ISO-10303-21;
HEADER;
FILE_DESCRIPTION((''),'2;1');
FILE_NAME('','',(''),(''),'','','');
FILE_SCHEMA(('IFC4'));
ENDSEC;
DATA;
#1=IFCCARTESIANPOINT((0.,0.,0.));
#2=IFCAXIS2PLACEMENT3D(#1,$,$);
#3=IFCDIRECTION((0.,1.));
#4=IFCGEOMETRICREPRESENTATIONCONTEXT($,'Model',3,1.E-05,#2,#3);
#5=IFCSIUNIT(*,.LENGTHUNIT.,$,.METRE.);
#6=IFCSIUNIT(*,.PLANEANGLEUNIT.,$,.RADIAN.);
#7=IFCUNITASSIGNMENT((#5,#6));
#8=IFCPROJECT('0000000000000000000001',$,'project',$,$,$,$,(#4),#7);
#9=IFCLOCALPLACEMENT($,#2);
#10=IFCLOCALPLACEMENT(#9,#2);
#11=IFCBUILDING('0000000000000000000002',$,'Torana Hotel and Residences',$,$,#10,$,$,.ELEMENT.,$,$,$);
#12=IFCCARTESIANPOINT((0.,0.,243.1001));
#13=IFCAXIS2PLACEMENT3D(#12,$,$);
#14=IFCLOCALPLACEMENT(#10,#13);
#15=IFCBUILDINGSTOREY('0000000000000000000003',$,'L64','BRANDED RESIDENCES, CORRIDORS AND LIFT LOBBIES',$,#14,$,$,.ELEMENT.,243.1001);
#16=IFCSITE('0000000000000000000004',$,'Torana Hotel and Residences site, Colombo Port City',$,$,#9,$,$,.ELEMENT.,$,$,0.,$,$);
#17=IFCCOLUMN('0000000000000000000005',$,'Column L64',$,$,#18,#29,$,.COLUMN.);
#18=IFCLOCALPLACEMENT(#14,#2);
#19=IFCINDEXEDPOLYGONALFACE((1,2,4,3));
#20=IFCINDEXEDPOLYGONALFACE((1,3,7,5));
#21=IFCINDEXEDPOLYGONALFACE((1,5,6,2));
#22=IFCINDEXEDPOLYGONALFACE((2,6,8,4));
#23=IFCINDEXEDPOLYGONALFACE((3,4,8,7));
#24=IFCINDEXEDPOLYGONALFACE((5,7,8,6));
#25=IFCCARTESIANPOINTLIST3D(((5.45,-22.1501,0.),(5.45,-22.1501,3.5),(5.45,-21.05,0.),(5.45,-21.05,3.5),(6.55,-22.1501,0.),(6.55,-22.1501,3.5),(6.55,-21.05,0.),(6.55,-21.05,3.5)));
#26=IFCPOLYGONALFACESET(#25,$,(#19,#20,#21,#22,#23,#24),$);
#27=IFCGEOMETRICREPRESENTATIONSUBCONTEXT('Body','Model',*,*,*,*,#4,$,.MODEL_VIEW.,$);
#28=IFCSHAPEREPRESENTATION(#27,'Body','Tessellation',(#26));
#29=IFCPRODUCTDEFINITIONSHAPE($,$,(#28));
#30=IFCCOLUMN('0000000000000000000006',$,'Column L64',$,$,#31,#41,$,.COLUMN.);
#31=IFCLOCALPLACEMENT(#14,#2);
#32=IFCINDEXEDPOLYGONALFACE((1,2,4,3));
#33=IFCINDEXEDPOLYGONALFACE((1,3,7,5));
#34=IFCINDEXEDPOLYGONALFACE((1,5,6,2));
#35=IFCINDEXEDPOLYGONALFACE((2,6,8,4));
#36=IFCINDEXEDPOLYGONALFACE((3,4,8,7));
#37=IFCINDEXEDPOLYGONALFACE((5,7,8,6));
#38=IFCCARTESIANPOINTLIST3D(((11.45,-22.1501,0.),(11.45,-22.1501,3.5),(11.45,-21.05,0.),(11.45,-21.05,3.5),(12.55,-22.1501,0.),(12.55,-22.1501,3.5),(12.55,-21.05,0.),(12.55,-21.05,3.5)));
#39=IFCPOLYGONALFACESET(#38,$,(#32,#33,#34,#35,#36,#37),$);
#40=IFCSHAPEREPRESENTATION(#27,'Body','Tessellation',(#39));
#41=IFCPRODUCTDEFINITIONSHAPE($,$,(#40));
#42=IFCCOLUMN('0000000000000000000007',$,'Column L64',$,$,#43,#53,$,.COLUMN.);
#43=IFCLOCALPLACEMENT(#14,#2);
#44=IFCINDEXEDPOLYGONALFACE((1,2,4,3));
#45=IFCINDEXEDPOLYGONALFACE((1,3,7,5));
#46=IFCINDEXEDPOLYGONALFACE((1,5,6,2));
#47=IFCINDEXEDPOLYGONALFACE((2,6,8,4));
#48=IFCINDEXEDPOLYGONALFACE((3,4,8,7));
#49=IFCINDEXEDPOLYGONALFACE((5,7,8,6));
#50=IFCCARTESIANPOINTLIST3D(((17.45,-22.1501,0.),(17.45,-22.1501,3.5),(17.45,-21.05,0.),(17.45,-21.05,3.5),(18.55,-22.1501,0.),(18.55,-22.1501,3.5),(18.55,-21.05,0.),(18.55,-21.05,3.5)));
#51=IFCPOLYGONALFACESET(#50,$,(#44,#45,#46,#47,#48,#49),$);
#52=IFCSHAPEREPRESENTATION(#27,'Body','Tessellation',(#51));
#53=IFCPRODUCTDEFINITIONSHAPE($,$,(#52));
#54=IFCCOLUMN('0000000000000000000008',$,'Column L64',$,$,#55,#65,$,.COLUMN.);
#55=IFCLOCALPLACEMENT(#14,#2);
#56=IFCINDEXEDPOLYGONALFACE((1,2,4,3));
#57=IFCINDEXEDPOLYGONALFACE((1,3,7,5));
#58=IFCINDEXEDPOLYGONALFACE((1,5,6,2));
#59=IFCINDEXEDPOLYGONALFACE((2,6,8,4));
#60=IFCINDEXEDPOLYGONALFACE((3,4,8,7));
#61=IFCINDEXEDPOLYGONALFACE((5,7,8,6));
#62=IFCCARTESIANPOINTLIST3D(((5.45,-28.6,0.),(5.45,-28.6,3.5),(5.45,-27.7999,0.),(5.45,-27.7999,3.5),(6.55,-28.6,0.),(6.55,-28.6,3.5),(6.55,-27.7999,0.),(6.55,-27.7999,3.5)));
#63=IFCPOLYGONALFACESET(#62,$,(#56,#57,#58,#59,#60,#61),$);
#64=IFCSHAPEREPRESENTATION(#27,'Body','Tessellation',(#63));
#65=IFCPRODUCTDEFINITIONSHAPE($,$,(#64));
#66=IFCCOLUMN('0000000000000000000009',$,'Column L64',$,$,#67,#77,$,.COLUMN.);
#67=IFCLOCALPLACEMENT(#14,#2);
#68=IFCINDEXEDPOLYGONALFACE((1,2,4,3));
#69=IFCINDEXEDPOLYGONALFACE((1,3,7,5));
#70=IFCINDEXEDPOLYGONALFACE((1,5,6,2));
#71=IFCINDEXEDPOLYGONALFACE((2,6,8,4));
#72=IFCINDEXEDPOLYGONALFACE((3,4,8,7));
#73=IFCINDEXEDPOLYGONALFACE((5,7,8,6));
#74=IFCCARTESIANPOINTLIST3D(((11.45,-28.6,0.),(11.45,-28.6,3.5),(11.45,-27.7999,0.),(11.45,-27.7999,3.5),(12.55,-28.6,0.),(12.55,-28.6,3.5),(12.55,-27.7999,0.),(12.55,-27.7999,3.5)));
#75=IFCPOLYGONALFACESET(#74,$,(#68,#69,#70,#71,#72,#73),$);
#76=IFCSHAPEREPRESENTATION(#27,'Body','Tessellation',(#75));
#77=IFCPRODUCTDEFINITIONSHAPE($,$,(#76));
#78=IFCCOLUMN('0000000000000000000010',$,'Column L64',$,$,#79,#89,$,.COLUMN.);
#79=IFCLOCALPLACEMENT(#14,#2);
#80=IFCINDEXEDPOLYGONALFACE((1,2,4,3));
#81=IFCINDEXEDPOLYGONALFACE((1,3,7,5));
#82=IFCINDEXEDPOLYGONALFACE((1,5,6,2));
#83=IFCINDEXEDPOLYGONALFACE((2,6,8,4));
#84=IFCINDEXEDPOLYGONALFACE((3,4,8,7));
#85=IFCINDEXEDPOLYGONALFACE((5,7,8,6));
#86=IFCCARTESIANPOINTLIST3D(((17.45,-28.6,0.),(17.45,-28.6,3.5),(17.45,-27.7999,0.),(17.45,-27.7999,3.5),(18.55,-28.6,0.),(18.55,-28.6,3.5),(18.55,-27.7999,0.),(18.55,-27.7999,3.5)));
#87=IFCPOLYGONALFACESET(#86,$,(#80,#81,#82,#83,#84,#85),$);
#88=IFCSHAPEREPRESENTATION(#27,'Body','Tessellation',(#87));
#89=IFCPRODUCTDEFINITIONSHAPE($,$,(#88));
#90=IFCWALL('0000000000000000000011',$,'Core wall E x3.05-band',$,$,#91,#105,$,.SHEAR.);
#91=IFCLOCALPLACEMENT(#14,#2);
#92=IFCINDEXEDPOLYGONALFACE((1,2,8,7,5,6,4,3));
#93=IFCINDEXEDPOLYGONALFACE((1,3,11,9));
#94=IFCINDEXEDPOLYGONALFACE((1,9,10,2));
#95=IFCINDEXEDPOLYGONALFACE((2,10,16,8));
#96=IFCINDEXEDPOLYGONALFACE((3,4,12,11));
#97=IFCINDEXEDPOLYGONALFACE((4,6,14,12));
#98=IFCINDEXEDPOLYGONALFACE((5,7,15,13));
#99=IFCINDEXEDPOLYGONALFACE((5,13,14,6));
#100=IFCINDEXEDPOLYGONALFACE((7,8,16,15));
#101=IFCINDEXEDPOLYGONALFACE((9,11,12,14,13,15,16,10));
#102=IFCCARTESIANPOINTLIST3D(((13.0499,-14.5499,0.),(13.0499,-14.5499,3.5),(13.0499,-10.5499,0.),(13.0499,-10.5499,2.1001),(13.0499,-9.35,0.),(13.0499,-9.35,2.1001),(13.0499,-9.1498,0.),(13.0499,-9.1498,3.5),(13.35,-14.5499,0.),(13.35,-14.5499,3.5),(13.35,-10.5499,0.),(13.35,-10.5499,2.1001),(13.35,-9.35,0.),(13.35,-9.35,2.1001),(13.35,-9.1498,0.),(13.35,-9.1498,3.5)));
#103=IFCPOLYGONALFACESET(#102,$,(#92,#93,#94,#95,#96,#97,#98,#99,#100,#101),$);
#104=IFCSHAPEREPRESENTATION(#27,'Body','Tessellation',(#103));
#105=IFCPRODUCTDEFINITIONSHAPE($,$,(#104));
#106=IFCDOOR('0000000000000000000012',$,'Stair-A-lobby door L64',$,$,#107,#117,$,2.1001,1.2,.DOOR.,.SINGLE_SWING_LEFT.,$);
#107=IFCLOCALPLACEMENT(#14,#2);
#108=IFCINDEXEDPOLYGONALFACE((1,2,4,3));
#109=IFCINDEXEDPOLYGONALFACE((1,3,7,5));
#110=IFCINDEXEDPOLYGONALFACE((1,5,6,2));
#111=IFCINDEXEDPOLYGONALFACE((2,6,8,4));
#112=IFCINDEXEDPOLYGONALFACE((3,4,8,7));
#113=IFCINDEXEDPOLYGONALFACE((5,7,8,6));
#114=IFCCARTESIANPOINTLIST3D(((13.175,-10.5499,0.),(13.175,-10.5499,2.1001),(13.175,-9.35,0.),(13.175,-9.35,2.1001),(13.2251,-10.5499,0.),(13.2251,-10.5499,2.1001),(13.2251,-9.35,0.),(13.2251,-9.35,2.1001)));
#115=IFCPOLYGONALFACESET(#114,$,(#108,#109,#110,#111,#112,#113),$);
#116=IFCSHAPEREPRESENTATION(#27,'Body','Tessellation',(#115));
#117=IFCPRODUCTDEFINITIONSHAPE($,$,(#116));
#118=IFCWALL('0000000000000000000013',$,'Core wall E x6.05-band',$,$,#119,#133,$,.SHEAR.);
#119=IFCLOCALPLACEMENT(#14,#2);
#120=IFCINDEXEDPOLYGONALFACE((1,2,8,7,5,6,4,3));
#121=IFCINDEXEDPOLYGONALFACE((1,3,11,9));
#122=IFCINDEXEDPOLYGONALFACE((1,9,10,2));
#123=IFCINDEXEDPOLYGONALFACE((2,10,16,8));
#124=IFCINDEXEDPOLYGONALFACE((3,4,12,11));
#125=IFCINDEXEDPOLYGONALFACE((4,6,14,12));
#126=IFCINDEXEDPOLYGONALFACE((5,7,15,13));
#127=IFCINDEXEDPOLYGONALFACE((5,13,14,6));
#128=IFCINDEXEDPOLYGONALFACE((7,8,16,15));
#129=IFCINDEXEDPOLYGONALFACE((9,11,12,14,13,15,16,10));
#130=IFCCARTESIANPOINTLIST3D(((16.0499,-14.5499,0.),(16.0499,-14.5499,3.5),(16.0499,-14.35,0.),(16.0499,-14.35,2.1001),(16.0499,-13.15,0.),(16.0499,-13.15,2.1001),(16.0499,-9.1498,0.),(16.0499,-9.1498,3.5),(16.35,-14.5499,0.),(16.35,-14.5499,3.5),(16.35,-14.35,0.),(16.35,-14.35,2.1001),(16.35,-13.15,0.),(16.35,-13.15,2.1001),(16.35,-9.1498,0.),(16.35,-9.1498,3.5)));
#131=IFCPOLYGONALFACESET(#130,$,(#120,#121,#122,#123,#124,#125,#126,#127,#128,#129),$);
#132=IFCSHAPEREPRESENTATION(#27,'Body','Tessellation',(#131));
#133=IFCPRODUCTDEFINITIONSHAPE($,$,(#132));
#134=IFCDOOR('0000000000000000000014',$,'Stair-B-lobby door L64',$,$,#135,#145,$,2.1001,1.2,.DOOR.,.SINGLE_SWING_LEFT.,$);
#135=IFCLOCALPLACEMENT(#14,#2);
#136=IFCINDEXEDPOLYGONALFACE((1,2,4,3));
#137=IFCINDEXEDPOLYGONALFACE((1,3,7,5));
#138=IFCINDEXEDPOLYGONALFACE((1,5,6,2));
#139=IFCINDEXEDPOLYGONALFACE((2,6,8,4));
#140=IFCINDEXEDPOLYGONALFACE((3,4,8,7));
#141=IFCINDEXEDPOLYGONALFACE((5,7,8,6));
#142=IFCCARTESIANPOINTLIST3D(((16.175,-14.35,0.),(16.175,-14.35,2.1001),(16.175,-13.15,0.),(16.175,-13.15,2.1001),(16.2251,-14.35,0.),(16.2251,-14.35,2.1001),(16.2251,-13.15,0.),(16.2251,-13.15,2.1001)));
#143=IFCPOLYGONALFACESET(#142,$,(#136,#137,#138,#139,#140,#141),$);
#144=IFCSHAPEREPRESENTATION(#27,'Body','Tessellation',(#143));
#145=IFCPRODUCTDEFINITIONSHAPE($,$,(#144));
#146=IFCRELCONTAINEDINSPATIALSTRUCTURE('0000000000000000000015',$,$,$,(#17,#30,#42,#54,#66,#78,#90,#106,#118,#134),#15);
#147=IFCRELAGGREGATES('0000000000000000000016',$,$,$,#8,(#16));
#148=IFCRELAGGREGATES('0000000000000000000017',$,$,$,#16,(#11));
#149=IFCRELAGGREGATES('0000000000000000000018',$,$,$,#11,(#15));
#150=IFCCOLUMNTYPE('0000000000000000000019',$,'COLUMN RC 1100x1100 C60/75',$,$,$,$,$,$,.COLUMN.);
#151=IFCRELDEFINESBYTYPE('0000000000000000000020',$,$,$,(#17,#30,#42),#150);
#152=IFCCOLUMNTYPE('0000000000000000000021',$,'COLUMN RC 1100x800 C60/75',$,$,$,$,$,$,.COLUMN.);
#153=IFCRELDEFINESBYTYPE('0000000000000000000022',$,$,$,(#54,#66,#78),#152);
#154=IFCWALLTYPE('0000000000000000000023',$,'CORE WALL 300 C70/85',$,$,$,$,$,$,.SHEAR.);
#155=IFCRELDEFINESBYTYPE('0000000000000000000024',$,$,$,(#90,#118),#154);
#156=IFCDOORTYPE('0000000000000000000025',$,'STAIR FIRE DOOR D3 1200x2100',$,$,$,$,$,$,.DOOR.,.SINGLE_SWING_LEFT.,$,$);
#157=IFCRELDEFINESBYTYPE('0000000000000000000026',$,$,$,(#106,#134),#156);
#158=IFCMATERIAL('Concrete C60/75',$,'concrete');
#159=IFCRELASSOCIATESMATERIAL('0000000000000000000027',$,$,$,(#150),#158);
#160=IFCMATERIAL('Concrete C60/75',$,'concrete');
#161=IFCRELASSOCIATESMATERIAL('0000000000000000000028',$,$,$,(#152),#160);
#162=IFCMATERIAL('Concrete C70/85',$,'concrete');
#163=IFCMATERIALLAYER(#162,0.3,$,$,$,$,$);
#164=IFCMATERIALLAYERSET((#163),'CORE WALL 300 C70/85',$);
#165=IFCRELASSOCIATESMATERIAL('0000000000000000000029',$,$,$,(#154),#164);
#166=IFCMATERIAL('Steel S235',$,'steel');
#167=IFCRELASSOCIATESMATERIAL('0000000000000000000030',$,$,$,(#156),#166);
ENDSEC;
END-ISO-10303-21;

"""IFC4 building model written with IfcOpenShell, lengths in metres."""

from ifc_helpers import new_model, si_unit, direction, frame, frame_2d, origin, origin_2d, place, context, subcontext, project, spatial, rectangle, extrude, material, layer, layer_set, material_profile, profile_set, type_object, element, fill, save


model = new_model("IFC4")

# Units and contexts
model_context = context("Model", 3, precision=1e-05, world=origin(), true_north=direction((0.0, 1.0)))
body_context = subcontext(model_context, "Body", "Model", "MODEL_VIEW")
ifc_project = project(units=[si_unit("LENGTHUNIT", "METRE"), si_unit("PLANEANGLEUNIT", "RADIAN")], contexts=[model_context])

# Site, building, storey
site_placement = place(None, origin())
site = spatial("IfcSite", under=ifc_project, at=site_placement, Name="Torana Hotel and Residences site, Colombo Port City", CompositionType="ELEMENT", RefElevation=0.0)
building_placement = place(site_placement, origin())
building = spatial("IfcBuilding", under=site, at=building_placement, Name="Torana Hotel and Residences", CompositionType="ELEMENT")
storey_placement = place(building_placement, frame((0.0, 0.0, 243.1001)))
storey = spatial("IfcBuildingStorey", under=building, at=storey_placement, Name="L64", Description="BRANDED RESIDENCES, CORRIDORS AND LIFT LOBBIES", CompositionType="ELEMENT", Elevation=243.1001)

# Columns
ifc_material_1 = material(Name="Concrete C60/75", Category="concrete")
ifc_material_profile_1 = material_profile(ifc_material_1, rectangle(XDim=1.1001, YDim=1.1001, at=origin_2d()), Name="RC 1100x1100")
ifc_profile_set_1 = profile_set([ifc_material_profile_1], Name="Concrete C60/75")
column_type_1 = type_object("IfcColumnType", Name="COLUMN RC 1100x1100 C60/75", PredefinedType="COLUMN", material=ifc_profile_set_1)
for number, where, z_axis, x_axis, name in (
    (1, (6.0, -21.6001, 0.0), (0.0, 0.0, 1.0), (1.0, 0.0, 0.0), "Column L64"),
    (2, (12.0, -21.6001, 0.0), (0.0, 0.0, 1.0), (1.0, 0.0, 0.0), "Column L64"),
    (3, (18.0, -21.6001, 0.0), (0.0, 0.0, 1.0), (1.0, 0.0, 0.0), "Column L64"),
):
    element("IfcColumn", number, at=place(storey_placement, frame(where, z_axis=z_axis, x_axis=x_axis)), inside=storey, type_object=column_type_1, Name=name, PredefinedType="COLUMN", context=body_context, shape_type="SweptSolid", body=[
        extrude(rectangle(XDim=1.1001, YDim=1.1001, at=origin_2d()), origin(), (0.0, 0.0, 1.0), 3.5),
    ])
ifc_material_2 = material(Name="Concrete C60/75", Category="concrete")
ifc_material_profile_2 = material_profile(ifc_material_2, rectangle(XDim=1.1001, YDim=0.8, at=origin_2d()), Name="RC 1100x800")
ifc_profile_set_2 = profile_set([ifc_material_profile_2], Name="Concrete C60/75")
column_type_2 = type_object("IfcColumnType", Name="COLUMN RC 1100x800 C60/75", PredefinedType="COLUMN", material=ifc_profile_set_2)
for number, where, z_axis, x_axis, name in (
    (4, (6.0, -28.2, 0.0), (0.0, 0.0, 1.0), (1.0, 0.0, 0.0), "Column L64"),
    (5, (12.0, -28.2, 0.0), (0.0, 0.0, 1.0), (1.0, 0.0, 0.0), "Column L64"),
    (6, (18.0, -28.2, 0.0), (0.0, 0.0, 1.0), (1.0, 0.0, 0.0), "Column L64"),
):
    element("IfcColumn", number, at=place(storey_placement, frame(where, z_axis=z_axis, x_axis=x_axis)), inside=storey, type_object=column_type_2, Name=name, PredefinedType="COLUMN", context=body_context, shape_type="SweptSolid", body=[
        extrude(rectangle(XDim=1.1001, YDim=0.8, at=origin_2d()), origin(), (0.0, 0.0, 1.0), 3.5),
    ])

# Walls, openings, doors
ifc_material_3 = material(Name="Concrete C70/85", Category="concrete")
ifc_layer_1 = layer(ifc_material_3, 0.3)
ifc_layer_set_1 = layer_set([ifc_layer_1], Name="CORE WALL 300 C70/85")
wall_type_1 = type_object("IfcWallType", Name="CORE WALL 300 C70/85", PredefinedType="SHEAR", material=ifc_layer_set_1)
wall_1_placement = place(storey_placement, frame((13.2, -14.55, 0.0), z_axis=(0.0, 0.0, 1.0), x_axis=(0.0, 1.0, 0.0)))
wall_1 = element("IfcWall", 7, at=wall_1_placement, inside=storey, type_object=wall_type_1, Name="Core wall E x3.05-band", PredefinedType="SHEAR", context=body_context, shape_type="SweptSolid", body=[
    extrude(rectangle(XDim=5.4001, YDim=0.3, at=frame_2d((2.7002, 0.0))), origin(), (0.0, 0.0, 1.0), 3.5),
])
opening_1_placement = place(wall_1_placement, frame((4.0, 0.0, 0.0)))
opening_1 = element("IfcOpeningElement", 8, at=opening_1_placement, cuts=wall_1, PredefinedType="OPENING", context=body_context, shape_type="SweptSolid", body=[
    extrude(rectangle(XDim=1.2, YDim=2.1001, at=frame_2d((0.6001, 1.05))), frame((0.0, 0.1599, 0.0), z_axis=(0.0, -1.0, 0.0), x_axis=(1.0, 0.0, 0.0)), (0.0, 0.0, 1.0), 0.3201),
])
ifc_material_4 = material(Name="Steel S235", Category="steel")
door_type_1 = type_object("IfcDoorType", Name="STAIR FIRE DOOR D3 1200x2100", OperationType="SINGLE_SWING_LEFT", PredefinedType="DOOR", material=ifc_material_4)
door_1_placement = place(opening_1_placement, origin())
door_1 = element("IfcDoor", 9, at=door_1_placement, inside=storey, type_object=door_type_1, Name="Stair-A-lobby door L64", OperationType="SINGLE_SWING_LEFT", OverallHeight=2.1001, OverallWidth=1.2, PredefinedType="DOOR", context=body_context, shape_type="SweptSolid", body=[
    extrude(rectangle(XDim=1.2, YDim=2.1001, at=frame_2d((0.6001, 1.05))), frame((0.0, 0.0249, 0.0), z_axis=(0.0, -1.0, 0.0), x_axis=(1.0, 0.0, 0.0)), (0.0, 0.0, 1.0), 0.05),
])
fill(opening_1, door_1)
wall_2_placement = place(storey_placement, frame((16.2, -14.55, 0.0), z_axis=(0.0, 0.0, 1.0), x_axis=(0.0, 1.0, 0.0)))
wall_2 = element("IfcWall", 10, at=wall_2_placement, inside=storey, type_object=wall_type_1, Name="Core wall E x6.05-band", PredefinedType="SHEAR", context=body_context, shape_type="SweptSolid", body=[
    extrude(rectangle(XDim=5.4001, YDim=0.3, at=frame_2d((2.7002, 0.0))), origin(), (0.0, 0.0, 1.0), 3.5),
])
opening_2_placement = place(wall_2_placement, frame((0.2, 0.0, 0.0)))
opening_2 = element("IfcOpeningElement", 11, at=opening_2_placement, cuts=wall_2, PredefinedType="OPENING", context=body_context, shape_type="SweptSolid", body=[
    extrude(rectangle(XDim=1.2, YDim=2.1001, at=frame_2d((0.6001, 1.05))), frame((0.0, 0.1599, 0.0), z_axis=(0.0, -1.0, 0.0), x_axis=(1.0, 0.0, 0.0)), (0.0, 0.0, 1.0), 0.3201),
])
door_2_placement = place(opening_2_placement, frame((0.6001, 0.0, 0.0), z_axis=(0.0, 0.0, 1.0), x_axis=(-1.0, 0.0, 0.0)))
door_2 = element("IfcDoor", 12, at=door_2_placement, inside=storey, type_object=door_type_1, Name="Stair-B-lobby door L64", OperationType="SINGLE_SWING_LEFT", OverallHeight=2.1001, OverallWidth=1.2, PredefinedType="DOOR", context=body_context, shape_type="SweptSolid", body=[
    extrude(rectangle(XDim=1.2, YDim=2.1001, at=frame_2d((0.0, 1.05))), frame((0.0, -0.0249, 0.0), z_axis=(0.0, 1.0, 0.0), x_axis=(-1.0, 0.0, 0.0)), (0.0, 0.0, 1.0), 0.05),
])
fill(opening_2, door_2)

save(model, "model.ifc")
